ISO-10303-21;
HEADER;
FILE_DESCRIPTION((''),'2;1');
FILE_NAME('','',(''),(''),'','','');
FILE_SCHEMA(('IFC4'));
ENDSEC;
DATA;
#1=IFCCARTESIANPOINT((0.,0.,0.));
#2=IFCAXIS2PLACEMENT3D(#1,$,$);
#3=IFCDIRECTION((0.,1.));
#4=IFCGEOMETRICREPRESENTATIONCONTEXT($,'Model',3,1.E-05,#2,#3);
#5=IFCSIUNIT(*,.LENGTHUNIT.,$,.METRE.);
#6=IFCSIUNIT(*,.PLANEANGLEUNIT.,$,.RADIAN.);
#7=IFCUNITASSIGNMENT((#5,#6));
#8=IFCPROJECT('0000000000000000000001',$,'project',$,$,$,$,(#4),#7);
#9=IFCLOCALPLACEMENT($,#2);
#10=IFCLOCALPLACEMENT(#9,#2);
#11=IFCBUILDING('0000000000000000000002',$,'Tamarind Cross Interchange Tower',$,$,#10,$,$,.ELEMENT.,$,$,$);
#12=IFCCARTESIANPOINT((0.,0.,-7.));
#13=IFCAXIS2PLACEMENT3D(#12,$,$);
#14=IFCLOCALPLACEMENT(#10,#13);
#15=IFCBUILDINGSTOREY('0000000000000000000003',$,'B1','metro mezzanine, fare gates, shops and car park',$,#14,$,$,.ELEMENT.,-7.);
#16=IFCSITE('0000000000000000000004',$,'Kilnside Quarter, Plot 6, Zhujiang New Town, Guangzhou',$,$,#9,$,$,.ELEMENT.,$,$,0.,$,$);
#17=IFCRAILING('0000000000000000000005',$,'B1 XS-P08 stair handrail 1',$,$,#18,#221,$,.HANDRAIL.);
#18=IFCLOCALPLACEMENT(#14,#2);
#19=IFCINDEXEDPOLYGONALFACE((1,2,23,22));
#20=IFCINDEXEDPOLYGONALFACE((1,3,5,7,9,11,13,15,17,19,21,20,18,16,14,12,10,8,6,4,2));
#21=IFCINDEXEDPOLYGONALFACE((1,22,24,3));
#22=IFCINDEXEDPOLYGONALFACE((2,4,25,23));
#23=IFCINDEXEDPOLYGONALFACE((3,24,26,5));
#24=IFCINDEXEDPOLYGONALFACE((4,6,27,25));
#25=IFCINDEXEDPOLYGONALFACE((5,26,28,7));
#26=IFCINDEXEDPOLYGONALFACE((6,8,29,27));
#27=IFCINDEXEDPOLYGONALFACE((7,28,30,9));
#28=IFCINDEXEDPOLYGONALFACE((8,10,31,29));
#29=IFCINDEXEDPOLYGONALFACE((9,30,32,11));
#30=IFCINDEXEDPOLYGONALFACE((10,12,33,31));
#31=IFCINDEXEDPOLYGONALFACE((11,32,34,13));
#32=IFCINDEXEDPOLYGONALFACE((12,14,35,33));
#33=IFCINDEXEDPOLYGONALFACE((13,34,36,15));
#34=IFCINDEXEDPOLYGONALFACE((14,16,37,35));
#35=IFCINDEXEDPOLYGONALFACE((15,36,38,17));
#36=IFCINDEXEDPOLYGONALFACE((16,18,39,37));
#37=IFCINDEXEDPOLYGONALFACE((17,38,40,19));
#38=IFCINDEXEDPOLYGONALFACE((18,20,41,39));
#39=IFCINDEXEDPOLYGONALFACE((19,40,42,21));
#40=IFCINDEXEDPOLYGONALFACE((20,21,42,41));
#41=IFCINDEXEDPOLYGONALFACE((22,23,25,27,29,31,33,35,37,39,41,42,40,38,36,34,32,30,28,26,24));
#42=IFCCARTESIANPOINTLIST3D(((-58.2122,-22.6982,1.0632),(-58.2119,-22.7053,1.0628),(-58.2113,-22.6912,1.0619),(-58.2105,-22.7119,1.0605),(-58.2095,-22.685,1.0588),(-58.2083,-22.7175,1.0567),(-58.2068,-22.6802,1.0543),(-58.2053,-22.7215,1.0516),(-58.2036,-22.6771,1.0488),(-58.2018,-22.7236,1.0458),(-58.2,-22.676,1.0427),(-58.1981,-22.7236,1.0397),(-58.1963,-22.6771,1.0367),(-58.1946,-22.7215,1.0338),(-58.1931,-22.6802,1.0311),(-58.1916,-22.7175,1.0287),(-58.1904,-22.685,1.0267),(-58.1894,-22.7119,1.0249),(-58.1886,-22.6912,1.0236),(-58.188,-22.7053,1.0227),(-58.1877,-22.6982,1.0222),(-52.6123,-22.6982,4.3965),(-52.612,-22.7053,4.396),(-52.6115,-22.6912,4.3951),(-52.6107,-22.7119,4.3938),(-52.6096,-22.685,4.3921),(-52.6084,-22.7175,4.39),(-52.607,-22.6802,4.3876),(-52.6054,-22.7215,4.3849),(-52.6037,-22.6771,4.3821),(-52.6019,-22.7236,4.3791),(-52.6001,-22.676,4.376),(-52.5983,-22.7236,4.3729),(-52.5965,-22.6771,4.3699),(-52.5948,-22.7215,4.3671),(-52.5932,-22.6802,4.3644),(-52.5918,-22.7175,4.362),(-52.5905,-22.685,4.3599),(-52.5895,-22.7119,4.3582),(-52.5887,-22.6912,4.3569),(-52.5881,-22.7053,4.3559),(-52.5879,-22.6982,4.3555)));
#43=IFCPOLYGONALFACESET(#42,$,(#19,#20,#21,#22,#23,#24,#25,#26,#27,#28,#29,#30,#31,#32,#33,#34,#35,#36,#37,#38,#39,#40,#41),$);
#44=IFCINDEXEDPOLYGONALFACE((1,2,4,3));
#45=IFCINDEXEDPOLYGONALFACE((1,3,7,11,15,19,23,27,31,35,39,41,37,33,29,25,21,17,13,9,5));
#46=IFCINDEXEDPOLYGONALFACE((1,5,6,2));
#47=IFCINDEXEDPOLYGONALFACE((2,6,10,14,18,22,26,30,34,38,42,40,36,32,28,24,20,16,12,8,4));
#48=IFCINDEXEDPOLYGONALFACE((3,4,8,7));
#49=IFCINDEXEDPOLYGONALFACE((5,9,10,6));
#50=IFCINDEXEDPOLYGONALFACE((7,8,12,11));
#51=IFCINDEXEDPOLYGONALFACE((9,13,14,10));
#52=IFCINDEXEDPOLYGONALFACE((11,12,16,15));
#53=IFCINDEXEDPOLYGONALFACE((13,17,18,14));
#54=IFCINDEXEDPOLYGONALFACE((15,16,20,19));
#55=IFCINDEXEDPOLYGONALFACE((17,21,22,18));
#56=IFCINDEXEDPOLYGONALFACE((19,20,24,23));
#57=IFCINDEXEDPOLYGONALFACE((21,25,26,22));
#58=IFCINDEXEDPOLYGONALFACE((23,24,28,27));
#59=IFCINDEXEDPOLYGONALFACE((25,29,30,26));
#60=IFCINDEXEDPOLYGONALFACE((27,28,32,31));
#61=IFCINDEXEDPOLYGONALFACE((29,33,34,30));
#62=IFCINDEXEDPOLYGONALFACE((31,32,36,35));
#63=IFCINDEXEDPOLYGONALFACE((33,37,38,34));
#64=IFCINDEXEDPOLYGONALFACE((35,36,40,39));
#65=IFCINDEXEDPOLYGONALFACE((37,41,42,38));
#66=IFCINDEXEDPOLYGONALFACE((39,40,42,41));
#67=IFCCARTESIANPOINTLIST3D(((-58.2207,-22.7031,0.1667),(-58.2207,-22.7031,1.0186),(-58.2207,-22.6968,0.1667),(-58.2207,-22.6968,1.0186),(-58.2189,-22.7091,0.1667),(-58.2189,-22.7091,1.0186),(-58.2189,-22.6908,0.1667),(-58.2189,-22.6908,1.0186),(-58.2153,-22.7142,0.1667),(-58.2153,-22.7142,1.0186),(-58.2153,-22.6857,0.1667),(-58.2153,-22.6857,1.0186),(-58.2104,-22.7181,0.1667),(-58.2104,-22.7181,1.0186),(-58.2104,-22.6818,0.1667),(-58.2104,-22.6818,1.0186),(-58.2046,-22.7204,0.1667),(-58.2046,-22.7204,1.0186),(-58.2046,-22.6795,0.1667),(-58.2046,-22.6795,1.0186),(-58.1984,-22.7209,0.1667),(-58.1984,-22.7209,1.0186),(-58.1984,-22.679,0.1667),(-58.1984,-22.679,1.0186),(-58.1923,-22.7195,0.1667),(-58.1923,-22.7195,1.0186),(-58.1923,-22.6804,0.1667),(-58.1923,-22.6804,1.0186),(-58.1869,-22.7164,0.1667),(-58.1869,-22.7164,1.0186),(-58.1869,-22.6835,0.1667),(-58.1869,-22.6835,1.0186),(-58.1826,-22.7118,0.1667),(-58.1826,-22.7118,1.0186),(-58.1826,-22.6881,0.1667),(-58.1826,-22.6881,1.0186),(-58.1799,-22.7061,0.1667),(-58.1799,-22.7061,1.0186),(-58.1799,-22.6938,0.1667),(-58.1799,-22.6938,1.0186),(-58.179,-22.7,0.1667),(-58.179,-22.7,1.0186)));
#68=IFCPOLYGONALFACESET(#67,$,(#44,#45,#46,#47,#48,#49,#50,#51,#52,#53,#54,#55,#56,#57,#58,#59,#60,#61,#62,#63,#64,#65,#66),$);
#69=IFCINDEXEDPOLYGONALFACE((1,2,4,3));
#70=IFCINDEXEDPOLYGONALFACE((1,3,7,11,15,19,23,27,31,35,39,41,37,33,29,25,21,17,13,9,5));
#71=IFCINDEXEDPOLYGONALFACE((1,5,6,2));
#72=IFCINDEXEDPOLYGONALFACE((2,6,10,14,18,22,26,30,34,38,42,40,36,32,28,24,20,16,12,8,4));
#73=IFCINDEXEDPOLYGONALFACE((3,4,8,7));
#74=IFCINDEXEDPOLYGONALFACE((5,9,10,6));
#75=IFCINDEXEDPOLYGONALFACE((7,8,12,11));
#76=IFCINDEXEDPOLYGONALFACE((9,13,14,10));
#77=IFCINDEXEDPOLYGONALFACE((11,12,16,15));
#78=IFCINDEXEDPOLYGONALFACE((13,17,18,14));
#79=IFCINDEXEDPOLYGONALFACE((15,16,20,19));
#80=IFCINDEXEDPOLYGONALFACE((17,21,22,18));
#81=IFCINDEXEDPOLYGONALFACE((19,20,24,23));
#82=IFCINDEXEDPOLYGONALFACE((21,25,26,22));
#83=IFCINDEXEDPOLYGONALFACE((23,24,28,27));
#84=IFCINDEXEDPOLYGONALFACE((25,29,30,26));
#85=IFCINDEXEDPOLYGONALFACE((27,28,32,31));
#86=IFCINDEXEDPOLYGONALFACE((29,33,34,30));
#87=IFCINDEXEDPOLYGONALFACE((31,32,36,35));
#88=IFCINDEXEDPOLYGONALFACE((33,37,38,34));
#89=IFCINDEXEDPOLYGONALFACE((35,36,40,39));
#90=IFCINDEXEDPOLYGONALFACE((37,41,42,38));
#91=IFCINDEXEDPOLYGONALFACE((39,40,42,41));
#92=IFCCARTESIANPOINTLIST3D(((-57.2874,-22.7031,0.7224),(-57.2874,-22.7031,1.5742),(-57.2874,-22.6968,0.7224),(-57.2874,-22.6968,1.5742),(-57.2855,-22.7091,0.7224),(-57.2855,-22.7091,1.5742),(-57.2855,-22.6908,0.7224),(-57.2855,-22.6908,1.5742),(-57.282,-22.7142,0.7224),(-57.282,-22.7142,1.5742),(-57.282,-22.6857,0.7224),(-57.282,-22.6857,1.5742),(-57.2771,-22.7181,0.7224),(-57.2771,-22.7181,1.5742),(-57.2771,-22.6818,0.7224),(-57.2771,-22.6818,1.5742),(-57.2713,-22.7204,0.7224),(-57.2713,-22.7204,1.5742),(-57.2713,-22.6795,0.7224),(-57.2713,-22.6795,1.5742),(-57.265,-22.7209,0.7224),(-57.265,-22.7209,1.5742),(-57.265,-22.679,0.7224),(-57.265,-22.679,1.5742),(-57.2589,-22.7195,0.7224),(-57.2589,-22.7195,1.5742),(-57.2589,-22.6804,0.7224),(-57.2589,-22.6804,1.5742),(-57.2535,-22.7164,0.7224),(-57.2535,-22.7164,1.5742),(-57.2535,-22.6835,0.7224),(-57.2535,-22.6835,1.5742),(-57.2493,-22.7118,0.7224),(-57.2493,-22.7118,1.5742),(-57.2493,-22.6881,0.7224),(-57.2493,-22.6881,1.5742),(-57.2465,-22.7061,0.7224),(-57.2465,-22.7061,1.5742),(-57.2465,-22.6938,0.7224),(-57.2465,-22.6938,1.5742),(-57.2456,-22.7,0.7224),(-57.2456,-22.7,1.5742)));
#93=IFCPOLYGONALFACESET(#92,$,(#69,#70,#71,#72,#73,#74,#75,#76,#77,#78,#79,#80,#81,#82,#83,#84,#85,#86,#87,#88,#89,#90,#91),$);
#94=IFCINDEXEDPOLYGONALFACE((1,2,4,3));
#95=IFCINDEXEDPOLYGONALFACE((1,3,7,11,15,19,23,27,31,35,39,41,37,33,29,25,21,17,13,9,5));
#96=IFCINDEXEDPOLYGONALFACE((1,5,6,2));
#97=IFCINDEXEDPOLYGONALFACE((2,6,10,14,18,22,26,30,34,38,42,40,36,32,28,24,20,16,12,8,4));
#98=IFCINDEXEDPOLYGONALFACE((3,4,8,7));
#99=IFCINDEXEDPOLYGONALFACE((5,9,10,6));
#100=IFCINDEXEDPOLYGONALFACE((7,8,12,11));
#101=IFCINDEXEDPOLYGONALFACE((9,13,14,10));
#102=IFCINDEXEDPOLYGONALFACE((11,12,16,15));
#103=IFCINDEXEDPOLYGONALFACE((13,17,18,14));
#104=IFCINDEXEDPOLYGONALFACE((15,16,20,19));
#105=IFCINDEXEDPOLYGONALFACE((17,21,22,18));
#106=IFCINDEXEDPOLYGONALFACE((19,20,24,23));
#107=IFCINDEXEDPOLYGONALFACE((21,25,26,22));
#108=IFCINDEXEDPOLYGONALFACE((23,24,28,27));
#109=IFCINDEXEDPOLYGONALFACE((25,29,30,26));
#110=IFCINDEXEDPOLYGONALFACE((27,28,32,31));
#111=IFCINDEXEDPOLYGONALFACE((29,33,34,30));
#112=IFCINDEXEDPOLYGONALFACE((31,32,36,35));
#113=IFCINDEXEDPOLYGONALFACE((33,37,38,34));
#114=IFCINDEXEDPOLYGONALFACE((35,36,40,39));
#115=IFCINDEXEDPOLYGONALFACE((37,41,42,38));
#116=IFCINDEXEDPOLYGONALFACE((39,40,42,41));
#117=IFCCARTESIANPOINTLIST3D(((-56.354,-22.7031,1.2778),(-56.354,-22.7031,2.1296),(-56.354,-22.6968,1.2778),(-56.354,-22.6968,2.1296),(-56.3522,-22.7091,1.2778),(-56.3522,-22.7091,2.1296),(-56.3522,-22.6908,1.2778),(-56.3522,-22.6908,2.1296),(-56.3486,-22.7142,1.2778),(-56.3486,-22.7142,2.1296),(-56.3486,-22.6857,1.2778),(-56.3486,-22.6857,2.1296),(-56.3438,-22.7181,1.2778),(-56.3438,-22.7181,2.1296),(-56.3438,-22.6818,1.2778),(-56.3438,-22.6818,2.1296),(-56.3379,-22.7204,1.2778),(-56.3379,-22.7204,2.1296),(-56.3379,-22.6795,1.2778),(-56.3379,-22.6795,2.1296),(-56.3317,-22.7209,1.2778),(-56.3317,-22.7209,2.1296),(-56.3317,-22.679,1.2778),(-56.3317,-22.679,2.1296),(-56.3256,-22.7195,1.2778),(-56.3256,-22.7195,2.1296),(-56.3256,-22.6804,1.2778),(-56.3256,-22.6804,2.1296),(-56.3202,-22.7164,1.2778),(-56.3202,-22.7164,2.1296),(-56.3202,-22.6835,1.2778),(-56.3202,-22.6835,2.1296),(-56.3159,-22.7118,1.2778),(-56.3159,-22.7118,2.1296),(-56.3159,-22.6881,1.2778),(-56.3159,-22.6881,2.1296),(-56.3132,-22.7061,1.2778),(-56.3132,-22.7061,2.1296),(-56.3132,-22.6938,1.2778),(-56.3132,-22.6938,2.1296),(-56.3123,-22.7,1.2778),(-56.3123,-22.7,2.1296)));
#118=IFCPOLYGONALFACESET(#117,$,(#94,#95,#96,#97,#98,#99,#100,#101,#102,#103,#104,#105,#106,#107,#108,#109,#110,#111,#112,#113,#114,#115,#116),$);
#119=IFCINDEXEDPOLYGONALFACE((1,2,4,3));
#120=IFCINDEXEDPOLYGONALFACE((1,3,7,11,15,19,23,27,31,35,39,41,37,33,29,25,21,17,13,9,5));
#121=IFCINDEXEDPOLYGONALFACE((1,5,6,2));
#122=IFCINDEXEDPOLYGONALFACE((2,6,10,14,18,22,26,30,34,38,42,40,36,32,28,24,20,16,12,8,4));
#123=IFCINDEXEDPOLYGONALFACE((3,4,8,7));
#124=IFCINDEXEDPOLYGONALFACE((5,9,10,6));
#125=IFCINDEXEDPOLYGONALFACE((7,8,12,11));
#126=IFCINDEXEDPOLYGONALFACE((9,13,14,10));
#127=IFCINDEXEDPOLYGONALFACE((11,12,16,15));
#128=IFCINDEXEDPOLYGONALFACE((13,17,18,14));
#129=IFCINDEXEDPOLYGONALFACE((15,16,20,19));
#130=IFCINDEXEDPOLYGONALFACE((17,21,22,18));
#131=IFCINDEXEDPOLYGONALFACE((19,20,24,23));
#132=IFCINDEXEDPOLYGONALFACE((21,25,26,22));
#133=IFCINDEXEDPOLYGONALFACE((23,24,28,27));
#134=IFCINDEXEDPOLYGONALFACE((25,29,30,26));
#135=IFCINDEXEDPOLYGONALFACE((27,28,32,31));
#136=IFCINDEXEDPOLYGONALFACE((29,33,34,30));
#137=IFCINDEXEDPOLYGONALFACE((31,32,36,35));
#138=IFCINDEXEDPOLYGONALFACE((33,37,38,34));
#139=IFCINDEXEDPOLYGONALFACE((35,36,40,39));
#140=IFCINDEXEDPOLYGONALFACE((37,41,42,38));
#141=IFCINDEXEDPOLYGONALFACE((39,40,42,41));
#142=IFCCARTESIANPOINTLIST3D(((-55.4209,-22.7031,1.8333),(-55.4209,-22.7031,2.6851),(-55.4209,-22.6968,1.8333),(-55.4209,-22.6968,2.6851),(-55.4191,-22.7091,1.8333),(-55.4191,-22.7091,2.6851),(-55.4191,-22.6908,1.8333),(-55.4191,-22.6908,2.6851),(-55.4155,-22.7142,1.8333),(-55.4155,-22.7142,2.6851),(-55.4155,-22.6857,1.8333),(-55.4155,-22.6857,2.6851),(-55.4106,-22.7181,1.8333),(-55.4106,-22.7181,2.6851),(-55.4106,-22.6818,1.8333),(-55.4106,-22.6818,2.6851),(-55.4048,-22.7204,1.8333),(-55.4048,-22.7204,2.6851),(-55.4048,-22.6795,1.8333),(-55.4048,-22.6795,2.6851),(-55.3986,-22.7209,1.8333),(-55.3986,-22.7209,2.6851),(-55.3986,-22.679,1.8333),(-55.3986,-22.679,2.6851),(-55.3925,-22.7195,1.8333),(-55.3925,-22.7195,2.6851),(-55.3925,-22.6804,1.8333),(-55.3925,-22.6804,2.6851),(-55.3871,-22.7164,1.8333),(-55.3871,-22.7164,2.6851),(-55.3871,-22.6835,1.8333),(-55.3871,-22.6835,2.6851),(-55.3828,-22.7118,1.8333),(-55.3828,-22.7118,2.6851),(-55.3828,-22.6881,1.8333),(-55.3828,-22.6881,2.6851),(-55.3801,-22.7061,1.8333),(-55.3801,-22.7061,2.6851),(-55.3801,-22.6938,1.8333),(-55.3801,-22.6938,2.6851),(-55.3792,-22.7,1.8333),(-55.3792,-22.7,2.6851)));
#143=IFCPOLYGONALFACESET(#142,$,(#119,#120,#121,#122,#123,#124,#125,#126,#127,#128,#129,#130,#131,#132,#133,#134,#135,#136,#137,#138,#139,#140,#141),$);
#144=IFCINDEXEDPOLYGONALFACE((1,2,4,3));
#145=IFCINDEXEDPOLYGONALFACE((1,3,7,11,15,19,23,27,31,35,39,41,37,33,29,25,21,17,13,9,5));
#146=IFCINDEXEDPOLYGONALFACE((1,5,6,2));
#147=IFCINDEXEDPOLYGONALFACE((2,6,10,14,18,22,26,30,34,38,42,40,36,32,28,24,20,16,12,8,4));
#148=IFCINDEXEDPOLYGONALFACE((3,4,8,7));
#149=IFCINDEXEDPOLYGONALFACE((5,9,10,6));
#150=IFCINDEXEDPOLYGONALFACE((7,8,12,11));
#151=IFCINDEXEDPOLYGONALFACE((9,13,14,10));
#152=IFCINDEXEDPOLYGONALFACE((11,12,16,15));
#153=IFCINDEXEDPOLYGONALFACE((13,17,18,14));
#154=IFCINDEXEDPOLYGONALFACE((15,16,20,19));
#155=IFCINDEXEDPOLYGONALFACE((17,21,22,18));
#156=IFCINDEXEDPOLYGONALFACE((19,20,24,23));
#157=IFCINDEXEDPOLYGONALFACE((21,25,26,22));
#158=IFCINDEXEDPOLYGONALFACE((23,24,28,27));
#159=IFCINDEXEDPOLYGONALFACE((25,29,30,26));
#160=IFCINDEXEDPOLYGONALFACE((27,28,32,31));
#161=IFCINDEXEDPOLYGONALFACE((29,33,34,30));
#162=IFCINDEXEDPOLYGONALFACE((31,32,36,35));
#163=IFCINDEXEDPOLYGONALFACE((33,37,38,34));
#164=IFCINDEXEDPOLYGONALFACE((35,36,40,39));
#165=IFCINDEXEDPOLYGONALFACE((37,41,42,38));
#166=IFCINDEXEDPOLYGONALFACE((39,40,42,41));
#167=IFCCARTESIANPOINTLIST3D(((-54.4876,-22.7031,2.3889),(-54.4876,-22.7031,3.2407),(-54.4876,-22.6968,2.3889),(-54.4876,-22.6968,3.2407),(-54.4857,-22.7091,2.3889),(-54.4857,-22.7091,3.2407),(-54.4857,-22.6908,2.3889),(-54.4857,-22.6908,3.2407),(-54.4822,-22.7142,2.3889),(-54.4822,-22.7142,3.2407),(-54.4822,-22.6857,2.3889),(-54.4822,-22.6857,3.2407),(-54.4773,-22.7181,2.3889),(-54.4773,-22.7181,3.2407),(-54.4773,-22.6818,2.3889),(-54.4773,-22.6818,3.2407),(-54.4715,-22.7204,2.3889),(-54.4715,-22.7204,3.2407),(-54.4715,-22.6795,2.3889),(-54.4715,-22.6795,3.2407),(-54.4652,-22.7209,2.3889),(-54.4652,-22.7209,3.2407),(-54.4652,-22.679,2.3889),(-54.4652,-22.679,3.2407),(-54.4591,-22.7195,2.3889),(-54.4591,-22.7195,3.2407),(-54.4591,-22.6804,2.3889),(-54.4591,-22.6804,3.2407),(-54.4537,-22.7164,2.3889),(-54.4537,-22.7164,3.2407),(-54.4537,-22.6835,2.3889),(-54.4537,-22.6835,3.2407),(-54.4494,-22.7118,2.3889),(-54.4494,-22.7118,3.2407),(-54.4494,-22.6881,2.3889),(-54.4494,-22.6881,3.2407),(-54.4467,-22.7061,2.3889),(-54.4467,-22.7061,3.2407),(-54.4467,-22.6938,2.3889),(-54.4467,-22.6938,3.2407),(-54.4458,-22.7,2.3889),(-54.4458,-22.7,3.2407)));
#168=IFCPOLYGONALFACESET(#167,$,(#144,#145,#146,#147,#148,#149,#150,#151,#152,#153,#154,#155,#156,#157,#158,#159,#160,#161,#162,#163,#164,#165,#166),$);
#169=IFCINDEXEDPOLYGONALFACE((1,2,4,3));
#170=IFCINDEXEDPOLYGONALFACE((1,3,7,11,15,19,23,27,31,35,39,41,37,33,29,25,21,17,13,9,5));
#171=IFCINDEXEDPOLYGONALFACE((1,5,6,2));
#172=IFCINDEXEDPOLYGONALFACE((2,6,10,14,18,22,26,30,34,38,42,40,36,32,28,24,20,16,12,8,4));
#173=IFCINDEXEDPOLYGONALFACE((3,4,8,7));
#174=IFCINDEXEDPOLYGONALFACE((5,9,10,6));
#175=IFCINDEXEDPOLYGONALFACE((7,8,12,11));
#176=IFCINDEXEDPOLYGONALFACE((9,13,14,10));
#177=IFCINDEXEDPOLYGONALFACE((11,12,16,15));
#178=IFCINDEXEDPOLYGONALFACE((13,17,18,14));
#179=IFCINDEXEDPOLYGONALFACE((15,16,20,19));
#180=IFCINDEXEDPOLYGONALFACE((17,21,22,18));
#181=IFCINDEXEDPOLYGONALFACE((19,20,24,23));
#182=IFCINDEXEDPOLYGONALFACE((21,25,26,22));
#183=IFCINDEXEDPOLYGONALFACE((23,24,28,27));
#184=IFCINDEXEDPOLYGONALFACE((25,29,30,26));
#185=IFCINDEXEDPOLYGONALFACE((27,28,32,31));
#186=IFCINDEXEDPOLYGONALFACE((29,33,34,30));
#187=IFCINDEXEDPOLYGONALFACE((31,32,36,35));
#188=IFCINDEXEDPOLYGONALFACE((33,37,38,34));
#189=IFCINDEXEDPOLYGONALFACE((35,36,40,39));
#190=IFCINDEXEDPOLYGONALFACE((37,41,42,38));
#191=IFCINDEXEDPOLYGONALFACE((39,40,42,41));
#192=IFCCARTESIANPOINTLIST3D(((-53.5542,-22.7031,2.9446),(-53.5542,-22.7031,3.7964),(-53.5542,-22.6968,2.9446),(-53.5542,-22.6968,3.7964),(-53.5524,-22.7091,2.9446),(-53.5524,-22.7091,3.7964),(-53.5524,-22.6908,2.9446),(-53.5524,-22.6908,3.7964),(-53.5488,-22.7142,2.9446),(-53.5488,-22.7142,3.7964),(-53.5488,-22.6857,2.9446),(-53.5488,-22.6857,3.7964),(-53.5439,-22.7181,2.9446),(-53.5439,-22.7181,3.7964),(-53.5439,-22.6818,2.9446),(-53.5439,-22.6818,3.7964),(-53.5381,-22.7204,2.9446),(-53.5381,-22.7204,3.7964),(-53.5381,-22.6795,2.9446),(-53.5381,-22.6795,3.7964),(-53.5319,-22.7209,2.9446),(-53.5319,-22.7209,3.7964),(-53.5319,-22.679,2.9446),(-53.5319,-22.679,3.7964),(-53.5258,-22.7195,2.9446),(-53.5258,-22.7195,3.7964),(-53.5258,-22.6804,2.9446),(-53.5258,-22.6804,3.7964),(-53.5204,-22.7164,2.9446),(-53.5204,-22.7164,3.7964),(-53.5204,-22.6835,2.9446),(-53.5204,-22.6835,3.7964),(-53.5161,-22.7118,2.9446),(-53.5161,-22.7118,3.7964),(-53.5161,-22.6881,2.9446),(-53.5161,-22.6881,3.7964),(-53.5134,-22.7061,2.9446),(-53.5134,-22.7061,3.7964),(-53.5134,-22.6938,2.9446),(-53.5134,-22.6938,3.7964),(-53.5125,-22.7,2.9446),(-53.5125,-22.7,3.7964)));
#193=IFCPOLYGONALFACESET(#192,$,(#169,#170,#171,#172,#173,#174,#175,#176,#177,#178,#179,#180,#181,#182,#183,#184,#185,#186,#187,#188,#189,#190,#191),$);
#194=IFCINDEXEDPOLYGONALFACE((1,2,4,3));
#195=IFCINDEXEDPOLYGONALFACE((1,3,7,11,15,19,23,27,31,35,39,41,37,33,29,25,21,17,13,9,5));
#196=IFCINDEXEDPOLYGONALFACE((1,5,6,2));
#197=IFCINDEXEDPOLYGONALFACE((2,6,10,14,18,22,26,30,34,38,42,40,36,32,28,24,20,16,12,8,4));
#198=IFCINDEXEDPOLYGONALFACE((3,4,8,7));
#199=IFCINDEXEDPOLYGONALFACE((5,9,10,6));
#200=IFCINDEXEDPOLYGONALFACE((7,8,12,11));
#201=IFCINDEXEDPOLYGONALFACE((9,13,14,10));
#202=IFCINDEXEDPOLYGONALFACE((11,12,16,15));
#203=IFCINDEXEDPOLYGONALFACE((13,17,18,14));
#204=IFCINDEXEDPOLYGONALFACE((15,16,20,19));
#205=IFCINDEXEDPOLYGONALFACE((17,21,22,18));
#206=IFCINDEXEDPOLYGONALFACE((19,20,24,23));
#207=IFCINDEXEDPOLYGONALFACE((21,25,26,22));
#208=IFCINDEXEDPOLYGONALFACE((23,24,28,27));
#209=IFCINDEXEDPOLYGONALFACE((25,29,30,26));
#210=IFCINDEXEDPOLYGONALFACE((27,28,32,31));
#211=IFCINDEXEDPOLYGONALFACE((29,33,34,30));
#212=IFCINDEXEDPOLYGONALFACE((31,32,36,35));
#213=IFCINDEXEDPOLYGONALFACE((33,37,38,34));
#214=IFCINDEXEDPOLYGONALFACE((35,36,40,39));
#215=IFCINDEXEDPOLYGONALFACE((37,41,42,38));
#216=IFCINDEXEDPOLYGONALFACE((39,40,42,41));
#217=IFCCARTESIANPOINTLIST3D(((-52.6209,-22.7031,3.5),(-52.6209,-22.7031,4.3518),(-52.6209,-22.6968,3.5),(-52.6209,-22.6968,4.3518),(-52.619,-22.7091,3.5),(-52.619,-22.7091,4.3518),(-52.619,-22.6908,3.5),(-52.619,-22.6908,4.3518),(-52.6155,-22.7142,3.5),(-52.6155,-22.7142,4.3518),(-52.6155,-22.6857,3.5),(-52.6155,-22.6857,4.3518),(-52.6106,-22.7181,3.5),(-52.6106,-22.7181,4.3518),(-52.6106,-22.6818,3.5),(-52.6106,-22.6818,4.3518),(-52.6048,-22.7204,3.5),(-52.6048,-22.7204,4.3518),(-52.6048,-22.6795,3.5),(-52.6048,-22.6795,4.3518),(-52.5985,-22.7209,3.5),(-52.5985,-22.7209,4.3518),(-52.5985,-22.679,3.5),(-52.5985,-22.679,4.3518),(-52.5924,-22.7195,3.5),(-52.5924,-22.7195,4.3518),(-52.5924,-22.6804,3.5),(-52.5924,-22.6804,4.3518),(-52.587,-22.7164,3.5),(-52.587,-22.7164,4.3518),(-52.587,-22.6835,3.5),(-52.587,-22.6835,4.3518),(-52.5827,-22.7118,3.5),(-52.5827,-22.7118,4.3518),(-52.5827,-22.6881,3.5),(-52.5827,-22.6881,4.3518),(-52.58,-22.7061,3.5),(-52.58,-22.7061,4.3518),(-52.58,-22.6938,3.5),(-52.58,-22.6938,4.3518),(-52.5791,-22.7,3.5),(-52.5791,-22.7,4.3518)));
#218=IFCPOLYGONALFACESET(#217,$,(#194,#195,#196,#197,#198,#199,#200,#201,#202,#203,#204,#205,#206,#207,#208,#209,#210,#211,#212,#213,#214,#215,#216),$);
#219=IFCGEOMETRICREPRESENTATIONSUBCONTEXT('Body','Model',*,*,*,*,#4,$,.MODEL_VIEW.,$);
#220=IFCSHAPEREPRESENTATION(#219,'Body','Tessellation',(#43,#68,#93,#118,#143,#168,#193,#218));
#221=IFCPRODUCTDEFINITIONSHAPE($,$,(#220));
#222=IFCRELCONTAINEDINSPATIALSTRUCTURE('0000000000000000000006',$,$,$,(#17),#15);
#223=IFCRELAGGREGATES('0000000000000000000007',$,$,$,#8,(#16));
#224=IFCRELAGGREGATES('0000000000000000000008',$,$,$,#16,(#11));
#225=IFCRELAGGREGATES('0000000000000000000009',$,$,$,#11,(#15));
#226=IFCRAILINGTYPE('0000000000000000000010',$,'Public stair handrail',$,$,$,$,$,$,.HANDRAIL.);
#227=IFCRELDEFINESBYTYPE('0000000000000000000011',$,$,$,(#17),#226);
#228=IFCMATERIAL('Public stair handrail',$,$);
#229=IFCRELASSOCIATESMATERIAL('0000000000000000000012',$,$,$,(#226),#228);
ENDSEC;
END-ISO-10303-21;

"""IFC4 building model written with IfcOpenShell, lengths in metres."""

from ifc_helpers import new_model, si_unit, direction, frame, origin, origin_2d, place, context, subcontext, project, spatial, circle, extrude, material, type_object, element, save


model = new_model("IFC4")

# Units and contexts
model_context = context("Model", 3, precision=1e-05, world=origin(), true_north=direction((0.0, 1.0)))
body_context = subcontext(model_context, "Body", "Model", "MODEL_VIEW")
ifc_project = project(units=[si_unit("LENGTHUNIT", "METRE"), si_unit("PLANEANGLEUNIT", "RADIAN")], contexts=[model_context])

# Site, building, storey
site_placement = place(None, origin())
site = spatial("IfcSite", under=ifc_project, at=site_placement, Name="Kilnside Quarter, Plot 6, Zhujiang New Town, Guangzhou", CompositionType="ELEMENT", RefElevation=0.0)
building_placement = place(site_placement, origin())
building = spatial("IfcBuilding", under=site, at=building_placement, Name="Tamarind Cross Interchange Tower", CompositionType="ELEMENT")
storey_placement = place(building_placement, frame((0.0, 0.0, -7.0)))
storey = spatial("IfcBuildingStorey", under=building, at=storey_placement, Name="B1", Description="metro mezzanine, fare gates, shops and car park", CompositionType="ELEMENT", Elevation=-7.0)

# Railing
ifc_material_1 = material(Name="Public stair handrail")
railing_type_1 = type_object("IfcRailingType", Name="Public stair handrail", PredefinedType="HANDRAIL", material=ifc_material_1)
railing_1_placement = place(storey_placement, frame((-58.2, -22.7, 0.1667)))
element("IfcRailing", 1, at=railing_1_placement, inside=storey, type_object=railing_type_1, Name="B1 XS-P08 stair handrail 1", PredefinedType="HANDRAIL", context=body_context, shape_type="SweptSolid", body=[
    extrude(circle(Radius=0.0239, at=origin_2d()), frame((0.0, 0.0, 0.876), z_axis=(0.859292, 0.0, 0.511485), x_axis=(0.0, 1.0, 0.0)), (0.0, 0.0, 1.0), 6.5168),
    extrude(circle(Radius=0.021, at=origin_2d()), origin(), (0.0, 0.0, 1.0), 0.8518),
    extrude(circle(Radius=0.021, at=origin_2d()), frame((0.9333, 0.0, 0.5557)), (0.0, 0.0, 1.0), 0.8518),
    extrude(circle(Radius=0.021, at=origin_2d()), frame((1.8667, 0.0, 1.1111)), (0.0, 0.0, 1.0), 0.8518),
    extrude(circle(Radius=0.021, at=origin_2d()), frame((2.7998, 0.0, 1.6665)), (0.0, 0.0, 1.0), 0.8518),
    extrude(circle(Radius=0.021, at=origin_2d()), frame((3.7332, 0.0, 2.2222)), (0.0, 0.0, 1.0), 0.8518),
    extrude(circle(Radius=0.021, at=origin_2d()), frame((4.6665, 0.0, 2.7778)), (0.0, 0.0, 1.0), 0.8518),
    extrude(circle(Radius=0.021, at=origin_2d()), frame((5.5999, 0.0, 3.3333)), (0.0, 0.0, 1.0), 0.8518),
])

save(model, "model.ifc")
